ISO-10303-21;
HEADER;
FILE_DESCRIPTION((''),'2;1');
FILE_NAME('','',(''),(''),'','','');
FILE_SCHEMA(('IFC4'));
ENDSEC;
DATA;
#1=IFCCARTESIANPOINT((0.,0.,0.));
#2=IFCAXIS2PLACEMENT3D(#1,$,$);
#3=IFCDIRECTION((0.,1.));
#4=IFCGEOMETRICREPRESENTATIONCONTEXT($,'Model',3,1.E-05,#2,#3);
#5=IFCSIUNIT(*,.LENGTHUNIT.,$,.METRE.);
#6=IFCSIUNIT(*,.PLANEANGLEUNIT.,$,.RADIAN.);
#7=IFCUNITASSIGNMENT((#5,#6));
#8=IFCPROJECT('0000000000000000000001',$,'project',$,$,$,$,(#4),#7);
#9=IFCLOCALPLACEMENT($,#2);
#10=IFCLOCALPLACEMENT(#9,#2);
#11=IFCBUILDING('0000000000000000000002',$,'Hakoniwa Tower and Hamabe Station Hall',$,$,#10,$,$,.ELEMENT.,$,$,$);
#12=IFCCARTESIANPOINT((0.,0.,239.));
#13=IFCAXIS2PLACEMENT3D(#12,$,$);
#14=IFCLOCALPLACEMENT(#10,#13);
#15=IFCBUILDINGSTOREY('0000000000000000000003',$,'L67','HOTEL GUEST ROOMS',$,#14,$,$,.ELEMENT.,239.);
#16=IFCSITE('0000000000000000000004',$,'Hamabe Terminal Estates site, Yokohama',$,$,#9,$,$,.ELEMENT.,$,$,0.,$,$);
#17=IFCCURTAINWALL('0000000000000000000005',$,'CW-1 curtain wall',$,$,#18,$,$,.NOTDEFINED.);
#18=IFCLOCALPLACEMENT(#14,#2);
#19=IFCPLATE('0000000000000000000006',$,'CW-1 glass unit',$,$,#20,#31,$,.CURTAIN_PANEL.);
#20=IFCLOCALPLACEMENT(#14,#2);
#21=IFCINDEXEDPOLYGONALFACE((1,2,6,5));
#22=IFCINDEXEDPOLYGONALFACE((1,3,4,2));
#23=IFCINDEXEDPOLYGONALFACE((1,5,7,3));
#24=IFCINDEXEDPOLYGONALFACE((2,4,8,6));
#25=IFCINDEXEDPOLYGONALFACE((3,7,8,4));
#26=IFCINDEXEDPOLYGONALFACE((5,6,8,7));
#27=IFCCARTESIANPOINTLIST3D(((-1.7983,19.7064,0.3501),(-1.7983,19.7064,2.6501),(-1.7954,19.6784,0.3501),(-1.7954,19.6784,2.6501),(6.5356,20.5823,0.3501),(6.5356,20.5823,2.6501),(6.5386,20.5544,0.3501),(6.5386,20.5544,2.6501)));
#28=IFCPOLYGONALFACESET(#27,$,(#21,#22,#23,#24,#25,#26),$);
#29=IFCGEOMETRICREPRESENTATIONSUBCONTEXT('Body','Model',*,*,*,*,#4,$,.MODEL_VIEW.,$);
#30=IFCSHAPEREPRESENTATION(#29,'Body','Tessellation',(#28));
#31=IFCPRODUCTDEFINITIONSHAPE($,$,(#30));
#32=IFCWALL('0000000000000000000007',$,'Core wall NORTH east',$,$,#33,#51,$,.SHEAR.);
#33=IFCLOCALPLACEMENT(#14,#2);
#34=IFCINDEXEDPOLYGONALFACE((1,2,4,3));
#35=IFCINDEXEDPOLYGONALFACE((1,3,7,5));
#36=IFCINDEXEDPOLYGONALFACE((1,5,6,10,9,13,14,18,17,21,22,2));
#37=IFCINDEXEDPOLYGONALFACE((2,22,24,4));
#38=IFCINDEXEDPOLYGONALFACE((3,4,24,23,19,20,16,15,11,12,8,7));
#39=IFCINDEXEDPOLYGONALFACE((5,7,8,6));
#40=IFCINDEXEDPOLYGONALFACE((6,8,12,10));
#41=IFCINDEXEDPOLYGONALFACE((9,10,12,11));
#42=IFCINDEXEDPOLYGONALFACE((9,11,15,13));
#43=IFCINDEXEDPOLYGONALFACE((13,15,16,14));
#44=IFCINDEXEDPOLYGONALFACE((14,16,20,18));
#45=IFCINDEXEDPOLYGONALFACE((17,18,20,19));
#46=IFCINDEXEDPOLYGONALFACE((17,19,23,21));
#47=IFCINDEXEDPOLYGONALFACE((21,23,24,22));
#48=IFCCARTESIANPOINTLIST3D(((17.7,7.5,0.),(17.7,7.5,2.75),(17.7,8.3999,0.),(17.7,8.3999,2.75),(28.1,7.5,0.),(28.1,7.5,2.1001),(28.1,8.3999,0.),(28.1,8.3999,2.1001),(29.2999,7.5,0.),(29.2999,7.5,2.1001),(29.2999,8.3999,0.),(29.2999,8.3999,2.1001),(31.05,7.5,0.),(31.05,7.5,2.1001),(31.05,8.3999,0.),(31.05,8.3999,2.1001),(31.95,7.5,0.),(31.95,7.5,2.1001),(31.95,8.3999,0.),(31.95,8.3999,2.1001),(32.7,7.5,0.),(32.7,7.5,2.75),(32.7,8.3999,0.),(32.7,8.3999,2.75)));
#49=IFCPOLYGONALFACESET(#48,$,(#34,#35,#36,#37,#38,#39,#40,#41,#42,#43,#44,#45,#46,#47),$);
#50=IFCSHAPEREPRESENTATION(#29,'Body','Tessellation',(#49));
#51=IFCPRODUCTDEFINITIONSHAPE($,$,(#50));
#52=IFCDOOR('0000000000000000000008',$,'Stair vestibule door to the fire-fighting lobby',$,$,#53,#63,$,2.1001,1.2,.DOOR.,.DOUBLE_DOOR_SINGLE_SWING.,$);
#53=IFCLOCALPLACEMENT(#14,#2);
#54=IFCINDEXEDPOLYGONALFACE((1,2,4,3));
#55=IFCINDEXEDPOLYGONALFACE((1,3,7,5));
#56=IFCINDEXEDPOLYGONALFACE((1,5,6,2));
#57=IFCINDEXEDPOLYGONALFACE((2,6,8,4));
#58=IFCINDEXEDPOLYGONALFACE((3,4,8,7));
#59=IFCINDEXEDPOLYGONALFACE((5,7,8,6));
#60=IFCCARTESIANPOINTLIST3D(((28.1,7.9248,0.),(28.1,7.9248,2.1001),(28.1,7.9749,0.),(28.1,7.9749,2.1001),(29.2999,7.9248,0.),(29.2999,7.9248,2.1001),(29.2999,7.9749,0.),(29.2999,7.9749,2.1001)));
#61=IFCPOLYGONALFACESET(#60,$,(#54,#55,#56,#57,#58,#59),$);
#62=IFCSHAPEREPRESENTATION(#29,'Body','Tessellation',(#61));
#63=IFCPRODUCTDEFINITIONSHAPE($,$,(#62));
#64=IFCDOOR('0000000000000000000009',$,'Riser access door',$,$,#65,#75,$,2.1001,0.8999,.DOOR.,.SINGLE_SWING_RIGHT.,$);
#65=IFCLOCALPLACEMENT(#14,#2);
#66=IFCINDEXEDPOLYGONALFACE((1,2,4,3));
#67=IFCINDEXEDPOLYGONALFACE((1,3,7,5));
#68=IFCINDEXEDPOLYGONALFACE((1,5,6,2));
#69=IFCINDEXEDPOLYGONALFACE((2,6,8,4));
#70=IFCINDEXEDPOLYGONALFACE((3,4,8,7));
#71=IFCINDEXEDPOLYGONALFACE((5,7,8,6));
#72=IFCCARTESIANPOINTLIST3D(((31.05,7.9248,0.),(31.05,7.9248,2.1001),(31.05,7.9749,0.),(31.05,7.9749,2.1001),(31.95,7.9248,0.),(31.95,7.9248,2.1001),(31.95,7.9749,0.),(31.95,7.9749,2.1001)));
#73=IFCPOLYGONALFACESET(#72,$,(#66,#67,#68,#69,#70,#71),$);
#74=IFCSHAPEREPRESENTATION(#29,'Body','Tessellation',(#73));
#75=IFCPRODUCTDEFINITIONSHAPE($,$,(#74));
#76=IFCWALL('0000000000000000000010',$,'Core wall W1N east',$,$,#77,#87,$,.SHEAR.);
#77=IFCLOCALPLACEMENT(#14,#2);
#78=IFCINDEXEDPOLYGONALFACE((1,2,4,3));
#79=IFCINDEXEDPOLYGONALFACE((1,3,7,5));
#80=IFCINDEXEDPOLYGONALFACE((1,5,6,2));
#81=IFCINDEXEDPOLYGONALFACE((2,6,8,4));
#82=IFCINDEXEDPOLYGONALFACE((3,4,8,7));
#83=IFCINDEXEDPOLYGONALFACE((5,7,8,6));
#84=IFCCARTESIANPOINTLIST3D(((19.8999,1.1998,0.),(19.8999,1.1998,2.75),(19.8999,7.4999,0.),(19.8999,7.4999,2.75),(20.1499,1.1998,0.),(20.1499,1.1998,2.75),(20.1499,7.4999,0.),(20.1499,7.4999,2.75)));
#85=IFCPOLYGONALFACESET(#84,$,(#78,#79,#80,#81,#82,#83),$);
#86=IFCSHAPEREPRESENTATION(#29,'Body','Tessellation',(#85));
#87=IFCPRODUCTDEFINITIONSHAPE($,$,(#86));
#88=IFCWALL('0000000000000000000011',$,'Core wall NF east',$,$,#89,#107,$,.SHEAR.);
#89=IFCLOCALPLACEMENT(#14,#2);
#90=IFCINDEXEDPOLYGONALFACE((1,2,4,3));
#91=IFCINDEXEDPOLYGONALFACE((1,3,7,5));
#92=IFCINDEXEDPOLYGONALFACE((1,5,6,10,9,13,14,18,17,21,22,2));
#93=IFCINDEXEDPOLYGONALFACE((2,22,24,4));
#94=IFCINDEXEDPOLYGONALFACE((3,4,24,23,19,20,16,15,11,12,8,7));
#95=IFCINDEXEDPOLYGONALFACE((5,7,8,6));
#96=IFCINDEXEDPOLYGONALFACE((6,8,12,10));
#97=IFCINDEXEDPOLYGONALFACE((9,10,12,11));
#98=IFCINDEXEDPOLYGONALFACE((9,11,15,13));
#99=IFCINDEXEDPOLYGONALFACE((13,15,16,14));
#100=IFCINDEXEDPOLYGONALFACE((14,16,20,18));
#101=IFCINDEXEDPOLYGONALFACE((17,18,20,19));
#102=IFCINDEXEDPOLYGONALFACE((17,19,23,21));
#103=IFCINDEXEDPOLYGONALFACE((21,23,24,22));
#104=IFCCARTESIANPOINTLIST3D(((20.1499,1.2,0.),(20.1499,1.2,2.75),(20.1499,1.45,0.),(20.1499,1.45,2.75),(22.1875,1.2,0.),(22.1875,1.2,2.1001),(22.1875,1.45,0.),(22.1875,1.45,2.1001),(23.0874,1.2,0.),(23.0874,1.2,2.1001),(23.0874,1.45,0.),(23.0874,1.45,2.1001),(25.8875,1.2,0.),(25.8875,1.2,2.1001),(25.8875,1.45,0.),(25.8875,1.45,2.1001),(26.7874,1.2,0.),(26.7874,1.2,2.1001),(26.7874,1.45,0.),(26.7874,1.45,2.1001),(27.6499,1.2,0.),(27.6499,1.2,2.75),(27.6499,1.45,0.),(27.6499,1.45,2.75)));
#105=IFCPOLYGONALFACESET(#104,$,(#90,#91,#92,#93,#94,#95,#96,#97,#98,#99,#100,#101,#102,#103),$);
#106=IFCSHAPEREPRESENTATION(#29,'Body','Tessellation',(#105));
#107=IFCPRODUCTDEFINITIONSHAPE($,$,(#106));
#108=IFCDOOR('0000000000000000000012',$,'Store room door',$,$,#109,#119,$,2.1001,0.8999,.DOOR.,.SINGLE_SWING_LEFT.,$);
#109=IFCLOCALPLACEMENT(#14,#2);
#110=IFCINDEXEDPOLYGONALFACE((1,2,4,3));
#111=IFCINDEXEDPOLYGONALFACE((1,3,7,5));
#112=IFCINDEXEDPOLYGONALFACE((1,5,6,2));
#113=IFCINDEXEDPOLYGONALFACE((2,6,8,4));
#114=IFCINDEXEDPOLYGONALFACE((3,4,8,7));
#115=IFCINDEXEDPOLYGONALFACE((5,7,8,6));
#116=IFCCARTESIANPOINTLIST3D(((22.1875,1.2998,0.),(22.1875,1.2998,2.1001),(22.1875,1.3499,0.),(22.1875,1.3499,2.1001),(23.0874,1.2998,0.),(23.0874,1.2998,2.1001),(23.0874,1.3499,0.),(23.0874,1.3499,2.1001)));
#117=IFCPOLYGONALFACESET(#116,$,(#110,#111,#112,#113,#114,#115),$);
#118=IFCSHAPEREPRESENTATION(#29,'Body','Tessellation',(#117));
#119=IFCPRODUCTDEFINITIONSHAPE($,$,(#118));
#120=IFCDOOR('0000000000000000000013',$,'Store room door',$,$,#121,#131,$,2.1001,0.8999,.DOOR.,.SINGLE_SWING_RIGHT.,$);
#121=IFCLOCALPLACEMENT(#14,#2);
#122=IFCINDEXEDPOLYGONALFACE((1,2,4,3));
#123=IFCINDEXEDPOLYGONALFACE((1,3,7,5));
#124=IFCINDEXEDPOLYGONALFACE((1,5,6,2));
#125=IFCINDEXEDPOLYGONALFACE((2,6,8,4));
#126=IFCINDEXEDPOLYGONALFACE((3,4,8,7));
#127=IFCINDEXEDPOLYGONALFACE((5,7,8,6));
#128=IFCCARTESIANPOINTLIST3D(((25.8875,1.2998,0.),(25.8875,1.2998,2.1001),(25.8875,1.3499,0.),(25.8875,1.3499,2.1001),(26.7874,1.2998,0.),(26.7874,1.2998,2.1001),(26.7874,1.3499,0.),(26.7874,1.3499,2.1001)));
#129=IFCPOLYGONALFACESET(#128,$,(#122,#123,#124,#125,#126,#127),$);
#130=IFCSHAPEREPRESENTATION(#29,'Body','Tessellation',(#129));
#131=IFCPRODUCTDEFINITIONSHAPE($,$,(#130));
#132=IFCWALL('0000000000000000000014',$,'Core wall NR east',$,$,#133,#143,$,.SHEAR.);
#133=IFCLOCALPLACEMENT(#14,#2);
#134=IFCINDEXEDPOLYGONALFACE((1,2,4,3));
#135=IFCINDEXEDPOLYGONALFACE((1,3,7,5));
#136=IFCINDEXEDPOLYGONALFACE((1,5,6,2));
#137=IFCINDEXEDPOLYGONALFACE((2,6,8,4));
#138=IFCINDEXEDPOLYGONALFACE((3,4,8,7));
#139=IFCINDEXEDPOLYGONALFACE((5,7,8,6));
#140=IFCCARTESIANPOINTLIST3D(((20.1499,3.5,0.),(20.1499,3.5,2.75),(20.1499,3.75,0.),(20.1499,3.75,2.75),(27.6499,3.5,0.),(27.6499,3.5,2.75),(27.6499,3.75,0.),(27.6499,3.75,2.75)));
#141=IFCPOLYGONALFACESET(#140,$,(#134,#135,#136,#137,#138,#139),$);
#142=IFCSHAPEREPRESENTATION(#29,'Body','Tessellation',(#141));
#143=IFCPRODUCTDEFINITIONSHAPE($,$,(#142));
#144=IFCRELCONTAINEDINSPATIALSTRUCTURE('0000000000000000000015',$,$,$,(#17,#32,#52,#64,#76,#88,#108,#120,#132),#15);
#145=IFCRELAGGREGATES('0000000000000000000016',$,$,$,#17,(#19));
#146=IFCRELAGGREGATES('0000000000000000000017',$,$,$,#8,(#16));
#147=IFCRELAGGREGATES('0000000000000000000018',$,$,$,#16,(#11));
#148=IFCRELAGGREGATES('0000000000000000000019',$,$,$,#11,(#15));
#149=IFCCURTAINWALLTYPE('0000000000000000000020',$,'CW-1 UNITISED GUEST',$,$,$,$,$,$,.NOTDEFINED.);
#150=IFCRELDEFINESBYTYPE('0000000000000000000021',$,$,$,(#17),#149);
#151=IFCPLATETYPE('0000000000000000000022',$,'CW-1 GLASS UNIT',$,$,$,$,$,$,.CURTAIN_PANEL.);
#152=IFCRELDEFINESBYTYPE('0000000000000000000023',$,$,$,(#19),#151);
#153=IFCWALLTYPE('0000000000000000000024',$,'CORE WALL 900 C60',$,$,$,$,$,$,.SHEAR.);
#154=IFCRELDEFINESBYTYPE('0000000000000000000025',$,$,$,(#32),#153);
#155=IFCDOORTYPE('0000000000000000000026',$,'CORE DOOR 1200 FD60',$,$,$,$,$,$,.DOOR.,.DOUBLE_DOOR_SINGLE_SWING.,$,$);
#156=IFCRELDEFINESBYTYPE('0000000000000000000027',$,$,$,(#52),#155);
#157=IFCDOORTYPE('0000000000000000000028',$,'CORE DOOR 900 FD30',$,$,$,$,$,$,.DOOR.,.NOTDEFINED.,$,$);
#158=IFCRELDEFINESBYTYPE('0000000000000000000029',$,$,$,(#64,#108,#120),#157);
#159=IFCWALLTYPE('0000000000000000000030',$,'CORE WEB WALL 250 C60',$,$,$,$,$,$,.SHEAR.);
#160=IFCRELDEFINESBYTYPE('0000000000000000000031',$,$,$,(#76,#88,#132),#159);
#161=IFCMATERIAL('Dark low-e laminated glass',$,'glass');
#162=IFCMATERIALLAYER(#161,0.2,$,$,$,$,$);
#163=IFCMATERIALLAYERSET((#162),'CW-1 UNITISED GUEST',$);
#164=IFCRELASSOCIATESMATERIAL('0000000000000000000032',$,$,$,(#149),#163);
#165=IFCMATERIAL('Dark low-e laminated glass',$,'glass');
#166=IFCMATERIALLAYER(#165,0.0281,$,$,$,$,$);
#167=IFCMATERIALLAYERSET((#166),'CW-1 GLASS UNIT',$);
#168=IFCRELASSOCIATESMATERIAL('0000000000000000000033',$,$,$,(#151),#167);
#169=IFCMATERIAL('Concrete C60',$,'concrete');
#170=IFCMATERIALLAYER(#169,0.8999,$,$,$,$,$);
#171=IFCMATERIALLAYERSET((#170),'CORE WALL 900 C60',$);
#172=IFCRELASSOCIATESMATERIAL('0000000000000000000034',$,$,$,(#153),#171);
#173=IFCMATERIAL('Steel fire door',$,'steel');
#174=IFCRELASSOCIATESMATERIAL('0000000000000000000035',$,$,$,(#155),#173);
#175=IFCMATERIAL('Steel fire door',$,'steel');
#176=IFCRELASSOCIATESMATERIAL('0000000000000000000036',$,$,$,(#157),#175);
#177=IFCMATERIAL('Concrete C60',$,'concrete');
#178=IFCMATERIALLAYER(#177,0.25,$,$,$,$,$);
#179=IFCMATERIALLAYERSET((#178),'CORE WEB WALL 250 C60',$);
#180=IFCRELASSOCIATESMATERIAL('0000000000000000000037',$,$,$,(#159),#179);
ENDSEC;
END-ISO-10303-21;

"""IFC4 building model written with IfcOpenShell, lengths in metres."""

from ifc_helpers import new_model, si_unit, direction, frame, frame_2d, origin, origin_2d, place, context, subcontext, project, spatial, rectangle, extrude, material, layer, layer_set, type_object, element, fill, aggregate, save


model = new_model("IFC4")

# Units and contexts
model_context = context("Model", 3, precision=1e-05, world=origin(), true_north=direction((0.0, 1.0)))
body_context = subcontext(model_context, "Body", "Model", "MODEL_VIEW")
ifc_project = project(units=[si_unit("LENGTHUNIT", "METRE"), si_unit("PLANEANGLEUNIT", "RADIAN")], contexts=[model_context])

# Site, building, storey
site_placement = place(None, origin())
site = spatial("IfcSite", under=ifc_project, at=site_placement, Name="Hamabe Terminal Estates site, Yokohama", CompositionType="ELEMENT", RefElevation=0.0)
building_placement = place(site_placement, origin())
building = spatial("IfcBuilding", under=site, at=building_placement, Name="Hakoniwa Tower and Hamabe Station Hall", CompositionType="ELEMENT")
storey_placement = place(building_placement, frame((0.0, 0.0, 239.0)))
storey = spatial("IfcBuildingStorey", under=building, at=storey_placement, Name="L67", Description="HOTEL GUEST ROOMS", CompositionType="ELEMENT", Elevation=239.0)

# Curtain wall
ifc_material_1 = material(Name="Dark low-e laminated glass", Category="glass")
ifc_layer_1 = layer(ifc_material_1, 0.2)
ifc_layer_set_1 = layer_set([ifc_layer_1], Name="CW-1 UNITISED GUEST")
curtain_wall_type = type_object("IfcCurtainWallType", Name="CW-1 UNITISED GUEST", PredefinedType="NOTDEFINED", material=ifc_layer_set_1)
curtain_wall_1_placement = place(storey_placement, origin())
curtain_wall_1 = element("IfcCurtainWall", 1, at=curtain_wall_1_placement, inside=storey, type_object=curtain_wall_type, Name="CW-1 curtain wall", PredefinedType="NOTDEFINED")

# Plate
ifc_material_2 = material(Name="Dark low-e laminated glass", Category="glass")
ifc_layer_2 = layer(ifc_material_2, 0.0281)
ifc_layer_set_2 = layer_set([ifc_layer_2], Name="CW-1 GLASS UNIT")
plate_type = type_object("IfcPlateType", Name="CW-1 GLASS UNIT", PredefinedType="CURTAIN_PANEL", material=ifc_layer_set_2)
plate_1_placement = place(storey_placement, frame((2.3701, 20.1304, 0.3501), z_axis=(0.0, 0.0, 1.0), x_axis=(-0.994522, -0.104528, 0.0)))
plate_1 = element("IfcPlate", 2, at=plate_1_placement, type_object=plate_type, Name="CW-1 glass unit", PredefinedType="CURTAIN_PANEL", context=body_context, shape_type="SweptSolid", body=[
    extrude(rectangle(XDim=8.3799, YDim=0.0281, at=origin_2d()), origin(), (0.0, 0.0, 1.0), 2.3),
])
aggregate(curtain_wall_1, [plate_1])

# Wall, openings, doors
ifc_material_3 = material(Name="Concrete C60", Category="concrete")
ifc_layer_3 = layer(ifc_material_3, 0.8999)
ifc_layer_set_3 = layer_set([ifc_layer_3], Name="CORE WALL 900 C60")
wall_type_1 = type_object("IfcWallType", Name="CORE WALL 900 C60", PredefinedType="SHEAR", material=ifc_layer_set_3)
wall_1_placement = place(storey_placement, frame((17.7, 7.95, 0.0), z_axis=(0.0, 0.0, 1.0), x_axis=(1.0, 0.0, 0.0)))
wall_1 = element("IfcWall", 3, at=wall_1_placement, inside=storey, type_object=wall_type_1, Name="Core wall NORTH east", PredefinedType="SHEAR", context=body_context, shape_type="SweptSolid", body=[
    extrude(rectangle(XDim=15.0, YDim=0.8999, at=frame_2d((7.5, 0.0))), origin(), (0.0, 0.0, 1.0), 2.75),
])
opening_1_placement = place(wall_1_placement, frame((10.3999, 0.0, 0.0)))
opening_1 = element("IfcOpeningElement", 4, at=opening_1_placement, cuts=wall_1, PredefinedType="OPENING", context=body_context, shape_type="SweptSolid", body=[
    extrude(rectangle(XDim=1.2, YDim=2.1001, at=frame_2d((0.6001, 1.05))), frame((0.0, 0.46, 0.0), z_axis=(0.0, -1.0, 0.0), x_axis=(1.0, 0.0, 0.0)), (0.0, 0.0, 1.0), 0.9199),
])
opening_2_placement = place(wall_1_placement, frame((13.3501, 0.0, 0.0)))
opening_2 = element("IfcOpeningElement", 5, at=opening_2_placement, cuts=wall_1, PredefinedType="OPENING", context=body_context, shape_type="SweptSolid", body=[
    extrude(rectangle(XDim=0.8999, YDim=2.1001, at=frame_2d((0.45, 1.05))), frame((0.0, 0.46, 0.0), z_axis=(0.0, -1.0, 0.0), x_axis=(1.0, 0.0, 0.0)), (0.0, 0.0, 1.0), 0.9199),
])
ifc_material_4 = material(Name="Steel fire door", Category="steel")
door_type_1 = type_object("IfcDoorType", Name="CORE DOOR 1200 FD60", OperationType="DOUBLE_DOOR_SINGLE_SWING", PredefinedType="DOOR", material=ifc_material_4)
door_1_placement = place(opening_1_placement, origin())
door_1 = element("IfcDoor", 6, at=door_1_placement, inside=storey, type_object=door_type_1, Name="Stair vestibule door to the fire-fighting lobby", OperationType="DOUBLE_DOOR_SINGLE_SWING", OverallHeight=2.1001, OverallWidth=1.2, PredefinedType="DOOR", context=body_context, shape_type="SweptSolid", body=[
    extrude(rectangle(XDim=1.2, YDim=2.1001, at=frame_2d((0.6001, 1.05))), frame((0.0, 0.0249, 0.0), z_axis=(0.0, -1.0, 0.0), x_axis=(1.0, 0.0, 0.0)), (0.0, 0.0, 1.0), 0.05),
])
fill(opening_1, door_1)
ifc_material_5 = material(Name="Steel fire door", Category="steel")
door_type_2 = type_object("IfcDoorType", Name="CORE DOOR 900 FD30", OperationType="NOTDEFINED", PredefinedType="DOOR", material=ifc_material_5)
door_2_placement = place(opening_2_placement, origin())
door_2 = element("IfcDoor", 7, at=door_2_placement, inside=storey, type_object=door_type_2, Name="Riser access door", OperationType="SINGLE_SWING_RIGHT", OverallHeight=2.1001, OverallWidth=0.8999, PredefinedType="DOOR", context=body_context, shape_type="SweptSolid", body=[
    extrude(rectangle(XDim=0.8999, YDim=2.1001, at=frame_2d((0.45, 1.05))), frame((0.0, 0.0249, 0.0), z_axis=(0.0, -1.0, 0.0), x_axis=(1.0, 0.0, 0.0)), (0.0, 0.0, 1.0), 0.05),
])
fill(opening_2, door_2)

# Wall
ifc_material_6 = material(Name="Concrete C60", Category="concrete")
ifc_layer_4 = layer(ifc_material_6, 0.25)
ifc_layer_set_4 = layer_set([ifc_layer_4], Name="CORE WEB WALL 250 C60")
wall_type_2 = type_object("IfcWallType", Name="CORE WEB WALL 250 C60", PredefinedType="SHEAR", material=ifc_layer_set_4)
wall_2_placement = place(storey_placement, frame((20.0249, 1.2, 0.0), z_axis=(0.0, 0.0, 1.0), x_axis=(0.0, 1.0, 0.0)))
element("IfcWall", 8, at=wall_2_placement, inside=storey, type_object=wall_type_2, Name="Core wall W1N east", PredefinedType="SHEAR", context=body_context, shape_type="SweptSolid", body=[
    extrude(rectangle(XDim=6.3, YDim=0.25, at=frame_2d((3.1499, 0.0))), origin(), (0.0, 0.0, 1.0), 2.75),
])

# Wall, openings, doors
wall_3_placement = place(storey_placement, frame((20.1499, 1.325, 0.0), z_axis=(0.0, 0.0, 1.0), x_axis=(1.0, 0.0, 0.0)))
wall_3 = element("IfcWall", 9, at=wall_3_placement, inside=storey, type_object=wall_type_2, Name="Core wall NF east", PredefinedType="SHEAR", context=body_context, shape_type="SweptSolid", body=[
    extrude(rectangle(XDim=7.5, YDim=0.25, at=frame_2d((3.75, 0.0))), origin(), (0.0, 0.0, 1.0), 2.75),
])
opening_3_placement = place(wall_3_placement, frame((2.0376, 0.0, 0.0)))
opening_3 = element("IfcOpeningElement", 10, at=opening_3_placement, cuts=wall_3, PredefinedType="OPENING", context=body_context, shape_type="SweptSolid", body=[
    extrude(rectangle(XDim=0.8999, YDim=2.1001, at=frame_2d((0.45, 1.05))), frame((0.0, 0.135, 0.0), z_axis=(0.0, -1.0, 0.0), x_axis=(1.0, 0.0, 0.0)), (0.0, 0.0, 1.0), 0.27),
])
opening_4_placement = place(wall_3_placement, frame((5.7375, 0.0, 0.0)))
opening_4 = element("IfcOpeningElement", 11, at=opening_4_placement, cuts=wall_3, PredefinedType="OPENING", context=body_context, shape_type="SweptSolid", body=[
    extrude(rectangle(XDim=0.8999, YDim=2.1001, at=frame_2d((0.45, 1.05))), frame((0.0, 0.135, 0.0), z_axis=(0.0, -1.0, 0.0), x_axis=(1.0, 0.0, 0.0)), (0.0, 0.0, 1.0), 0.27),
])
door_3_placement = place(opening_3_placement, origin())
door_3 = element("IfcDoor", 12, at=door_3_placement, inside=storey, type_object=door_type_2, Name="Store room door", OperationType="SINGLE_SWING_LEFT", OverallHeight=2.1001, OverallWidth=0.8999, PredefinedType="DOOR", context=body_context, shape_type="SweptSolid", body=[
    extrude(rectangle(XDim=0.8999, YDim=2.1001, at=frame_2d((0.45, 1.05))), frame((0.0, 0.0249, 0.0), z_axis=(0.0, -1.0, 0.0), x_axis=(1.0, 0.0, 0.0)), (0.0, 0.0, 1.0), 0.05),
])
fill(opening_3, door_3)
door_4_placement = place(opening_4_placement, origin())
door_4 = element("IfcDoor", 13, at=door_4_placement, inside=storey, type_object=door_type_2, Name="Store room door", OperationType="SINGLE_SWING_RIGHT", OverallHeight=2.1001, OverallWidth=0.8999, PredefinedType="DOOR", context=body_context, shape_type="SweptSolid", body=[
    extrude(rectangle(XDim=0.8999, YDim=2.1001, at=frame_2d((0.45, 1.05))), frame((0.0, 0.0249, 0.0), z_axis=(0.0, -1.0, 0.0), x_axis=(1.0, 0.0, 0.0)), (0.0, 0.0, 1.0), 0.05),
])
fill(opening_4, door_4)

# Wall
wall_4_placement = place(storey_placement, frame((20.1499, 3.625, 0.0), z_axis=(0.0, 0.0, 1.0), x_axis=(1.0, 0.0, 0.0)))
element("IfcWall", 14, at=wall_4_placement, inside=storey, type_object=wall_type_2, Name="Core wall NR east", PredefinedType="SHEAR", context=body_context, shape_type="SweptSolid", body=[
    extrude(rectangle(XDim=7.5, YDim=0.25, at=frame_2d((3.75, 0.0))), origin(), (0.0, 0.0, 1.0), 2.75),
])

save(model, "model.ifc")
